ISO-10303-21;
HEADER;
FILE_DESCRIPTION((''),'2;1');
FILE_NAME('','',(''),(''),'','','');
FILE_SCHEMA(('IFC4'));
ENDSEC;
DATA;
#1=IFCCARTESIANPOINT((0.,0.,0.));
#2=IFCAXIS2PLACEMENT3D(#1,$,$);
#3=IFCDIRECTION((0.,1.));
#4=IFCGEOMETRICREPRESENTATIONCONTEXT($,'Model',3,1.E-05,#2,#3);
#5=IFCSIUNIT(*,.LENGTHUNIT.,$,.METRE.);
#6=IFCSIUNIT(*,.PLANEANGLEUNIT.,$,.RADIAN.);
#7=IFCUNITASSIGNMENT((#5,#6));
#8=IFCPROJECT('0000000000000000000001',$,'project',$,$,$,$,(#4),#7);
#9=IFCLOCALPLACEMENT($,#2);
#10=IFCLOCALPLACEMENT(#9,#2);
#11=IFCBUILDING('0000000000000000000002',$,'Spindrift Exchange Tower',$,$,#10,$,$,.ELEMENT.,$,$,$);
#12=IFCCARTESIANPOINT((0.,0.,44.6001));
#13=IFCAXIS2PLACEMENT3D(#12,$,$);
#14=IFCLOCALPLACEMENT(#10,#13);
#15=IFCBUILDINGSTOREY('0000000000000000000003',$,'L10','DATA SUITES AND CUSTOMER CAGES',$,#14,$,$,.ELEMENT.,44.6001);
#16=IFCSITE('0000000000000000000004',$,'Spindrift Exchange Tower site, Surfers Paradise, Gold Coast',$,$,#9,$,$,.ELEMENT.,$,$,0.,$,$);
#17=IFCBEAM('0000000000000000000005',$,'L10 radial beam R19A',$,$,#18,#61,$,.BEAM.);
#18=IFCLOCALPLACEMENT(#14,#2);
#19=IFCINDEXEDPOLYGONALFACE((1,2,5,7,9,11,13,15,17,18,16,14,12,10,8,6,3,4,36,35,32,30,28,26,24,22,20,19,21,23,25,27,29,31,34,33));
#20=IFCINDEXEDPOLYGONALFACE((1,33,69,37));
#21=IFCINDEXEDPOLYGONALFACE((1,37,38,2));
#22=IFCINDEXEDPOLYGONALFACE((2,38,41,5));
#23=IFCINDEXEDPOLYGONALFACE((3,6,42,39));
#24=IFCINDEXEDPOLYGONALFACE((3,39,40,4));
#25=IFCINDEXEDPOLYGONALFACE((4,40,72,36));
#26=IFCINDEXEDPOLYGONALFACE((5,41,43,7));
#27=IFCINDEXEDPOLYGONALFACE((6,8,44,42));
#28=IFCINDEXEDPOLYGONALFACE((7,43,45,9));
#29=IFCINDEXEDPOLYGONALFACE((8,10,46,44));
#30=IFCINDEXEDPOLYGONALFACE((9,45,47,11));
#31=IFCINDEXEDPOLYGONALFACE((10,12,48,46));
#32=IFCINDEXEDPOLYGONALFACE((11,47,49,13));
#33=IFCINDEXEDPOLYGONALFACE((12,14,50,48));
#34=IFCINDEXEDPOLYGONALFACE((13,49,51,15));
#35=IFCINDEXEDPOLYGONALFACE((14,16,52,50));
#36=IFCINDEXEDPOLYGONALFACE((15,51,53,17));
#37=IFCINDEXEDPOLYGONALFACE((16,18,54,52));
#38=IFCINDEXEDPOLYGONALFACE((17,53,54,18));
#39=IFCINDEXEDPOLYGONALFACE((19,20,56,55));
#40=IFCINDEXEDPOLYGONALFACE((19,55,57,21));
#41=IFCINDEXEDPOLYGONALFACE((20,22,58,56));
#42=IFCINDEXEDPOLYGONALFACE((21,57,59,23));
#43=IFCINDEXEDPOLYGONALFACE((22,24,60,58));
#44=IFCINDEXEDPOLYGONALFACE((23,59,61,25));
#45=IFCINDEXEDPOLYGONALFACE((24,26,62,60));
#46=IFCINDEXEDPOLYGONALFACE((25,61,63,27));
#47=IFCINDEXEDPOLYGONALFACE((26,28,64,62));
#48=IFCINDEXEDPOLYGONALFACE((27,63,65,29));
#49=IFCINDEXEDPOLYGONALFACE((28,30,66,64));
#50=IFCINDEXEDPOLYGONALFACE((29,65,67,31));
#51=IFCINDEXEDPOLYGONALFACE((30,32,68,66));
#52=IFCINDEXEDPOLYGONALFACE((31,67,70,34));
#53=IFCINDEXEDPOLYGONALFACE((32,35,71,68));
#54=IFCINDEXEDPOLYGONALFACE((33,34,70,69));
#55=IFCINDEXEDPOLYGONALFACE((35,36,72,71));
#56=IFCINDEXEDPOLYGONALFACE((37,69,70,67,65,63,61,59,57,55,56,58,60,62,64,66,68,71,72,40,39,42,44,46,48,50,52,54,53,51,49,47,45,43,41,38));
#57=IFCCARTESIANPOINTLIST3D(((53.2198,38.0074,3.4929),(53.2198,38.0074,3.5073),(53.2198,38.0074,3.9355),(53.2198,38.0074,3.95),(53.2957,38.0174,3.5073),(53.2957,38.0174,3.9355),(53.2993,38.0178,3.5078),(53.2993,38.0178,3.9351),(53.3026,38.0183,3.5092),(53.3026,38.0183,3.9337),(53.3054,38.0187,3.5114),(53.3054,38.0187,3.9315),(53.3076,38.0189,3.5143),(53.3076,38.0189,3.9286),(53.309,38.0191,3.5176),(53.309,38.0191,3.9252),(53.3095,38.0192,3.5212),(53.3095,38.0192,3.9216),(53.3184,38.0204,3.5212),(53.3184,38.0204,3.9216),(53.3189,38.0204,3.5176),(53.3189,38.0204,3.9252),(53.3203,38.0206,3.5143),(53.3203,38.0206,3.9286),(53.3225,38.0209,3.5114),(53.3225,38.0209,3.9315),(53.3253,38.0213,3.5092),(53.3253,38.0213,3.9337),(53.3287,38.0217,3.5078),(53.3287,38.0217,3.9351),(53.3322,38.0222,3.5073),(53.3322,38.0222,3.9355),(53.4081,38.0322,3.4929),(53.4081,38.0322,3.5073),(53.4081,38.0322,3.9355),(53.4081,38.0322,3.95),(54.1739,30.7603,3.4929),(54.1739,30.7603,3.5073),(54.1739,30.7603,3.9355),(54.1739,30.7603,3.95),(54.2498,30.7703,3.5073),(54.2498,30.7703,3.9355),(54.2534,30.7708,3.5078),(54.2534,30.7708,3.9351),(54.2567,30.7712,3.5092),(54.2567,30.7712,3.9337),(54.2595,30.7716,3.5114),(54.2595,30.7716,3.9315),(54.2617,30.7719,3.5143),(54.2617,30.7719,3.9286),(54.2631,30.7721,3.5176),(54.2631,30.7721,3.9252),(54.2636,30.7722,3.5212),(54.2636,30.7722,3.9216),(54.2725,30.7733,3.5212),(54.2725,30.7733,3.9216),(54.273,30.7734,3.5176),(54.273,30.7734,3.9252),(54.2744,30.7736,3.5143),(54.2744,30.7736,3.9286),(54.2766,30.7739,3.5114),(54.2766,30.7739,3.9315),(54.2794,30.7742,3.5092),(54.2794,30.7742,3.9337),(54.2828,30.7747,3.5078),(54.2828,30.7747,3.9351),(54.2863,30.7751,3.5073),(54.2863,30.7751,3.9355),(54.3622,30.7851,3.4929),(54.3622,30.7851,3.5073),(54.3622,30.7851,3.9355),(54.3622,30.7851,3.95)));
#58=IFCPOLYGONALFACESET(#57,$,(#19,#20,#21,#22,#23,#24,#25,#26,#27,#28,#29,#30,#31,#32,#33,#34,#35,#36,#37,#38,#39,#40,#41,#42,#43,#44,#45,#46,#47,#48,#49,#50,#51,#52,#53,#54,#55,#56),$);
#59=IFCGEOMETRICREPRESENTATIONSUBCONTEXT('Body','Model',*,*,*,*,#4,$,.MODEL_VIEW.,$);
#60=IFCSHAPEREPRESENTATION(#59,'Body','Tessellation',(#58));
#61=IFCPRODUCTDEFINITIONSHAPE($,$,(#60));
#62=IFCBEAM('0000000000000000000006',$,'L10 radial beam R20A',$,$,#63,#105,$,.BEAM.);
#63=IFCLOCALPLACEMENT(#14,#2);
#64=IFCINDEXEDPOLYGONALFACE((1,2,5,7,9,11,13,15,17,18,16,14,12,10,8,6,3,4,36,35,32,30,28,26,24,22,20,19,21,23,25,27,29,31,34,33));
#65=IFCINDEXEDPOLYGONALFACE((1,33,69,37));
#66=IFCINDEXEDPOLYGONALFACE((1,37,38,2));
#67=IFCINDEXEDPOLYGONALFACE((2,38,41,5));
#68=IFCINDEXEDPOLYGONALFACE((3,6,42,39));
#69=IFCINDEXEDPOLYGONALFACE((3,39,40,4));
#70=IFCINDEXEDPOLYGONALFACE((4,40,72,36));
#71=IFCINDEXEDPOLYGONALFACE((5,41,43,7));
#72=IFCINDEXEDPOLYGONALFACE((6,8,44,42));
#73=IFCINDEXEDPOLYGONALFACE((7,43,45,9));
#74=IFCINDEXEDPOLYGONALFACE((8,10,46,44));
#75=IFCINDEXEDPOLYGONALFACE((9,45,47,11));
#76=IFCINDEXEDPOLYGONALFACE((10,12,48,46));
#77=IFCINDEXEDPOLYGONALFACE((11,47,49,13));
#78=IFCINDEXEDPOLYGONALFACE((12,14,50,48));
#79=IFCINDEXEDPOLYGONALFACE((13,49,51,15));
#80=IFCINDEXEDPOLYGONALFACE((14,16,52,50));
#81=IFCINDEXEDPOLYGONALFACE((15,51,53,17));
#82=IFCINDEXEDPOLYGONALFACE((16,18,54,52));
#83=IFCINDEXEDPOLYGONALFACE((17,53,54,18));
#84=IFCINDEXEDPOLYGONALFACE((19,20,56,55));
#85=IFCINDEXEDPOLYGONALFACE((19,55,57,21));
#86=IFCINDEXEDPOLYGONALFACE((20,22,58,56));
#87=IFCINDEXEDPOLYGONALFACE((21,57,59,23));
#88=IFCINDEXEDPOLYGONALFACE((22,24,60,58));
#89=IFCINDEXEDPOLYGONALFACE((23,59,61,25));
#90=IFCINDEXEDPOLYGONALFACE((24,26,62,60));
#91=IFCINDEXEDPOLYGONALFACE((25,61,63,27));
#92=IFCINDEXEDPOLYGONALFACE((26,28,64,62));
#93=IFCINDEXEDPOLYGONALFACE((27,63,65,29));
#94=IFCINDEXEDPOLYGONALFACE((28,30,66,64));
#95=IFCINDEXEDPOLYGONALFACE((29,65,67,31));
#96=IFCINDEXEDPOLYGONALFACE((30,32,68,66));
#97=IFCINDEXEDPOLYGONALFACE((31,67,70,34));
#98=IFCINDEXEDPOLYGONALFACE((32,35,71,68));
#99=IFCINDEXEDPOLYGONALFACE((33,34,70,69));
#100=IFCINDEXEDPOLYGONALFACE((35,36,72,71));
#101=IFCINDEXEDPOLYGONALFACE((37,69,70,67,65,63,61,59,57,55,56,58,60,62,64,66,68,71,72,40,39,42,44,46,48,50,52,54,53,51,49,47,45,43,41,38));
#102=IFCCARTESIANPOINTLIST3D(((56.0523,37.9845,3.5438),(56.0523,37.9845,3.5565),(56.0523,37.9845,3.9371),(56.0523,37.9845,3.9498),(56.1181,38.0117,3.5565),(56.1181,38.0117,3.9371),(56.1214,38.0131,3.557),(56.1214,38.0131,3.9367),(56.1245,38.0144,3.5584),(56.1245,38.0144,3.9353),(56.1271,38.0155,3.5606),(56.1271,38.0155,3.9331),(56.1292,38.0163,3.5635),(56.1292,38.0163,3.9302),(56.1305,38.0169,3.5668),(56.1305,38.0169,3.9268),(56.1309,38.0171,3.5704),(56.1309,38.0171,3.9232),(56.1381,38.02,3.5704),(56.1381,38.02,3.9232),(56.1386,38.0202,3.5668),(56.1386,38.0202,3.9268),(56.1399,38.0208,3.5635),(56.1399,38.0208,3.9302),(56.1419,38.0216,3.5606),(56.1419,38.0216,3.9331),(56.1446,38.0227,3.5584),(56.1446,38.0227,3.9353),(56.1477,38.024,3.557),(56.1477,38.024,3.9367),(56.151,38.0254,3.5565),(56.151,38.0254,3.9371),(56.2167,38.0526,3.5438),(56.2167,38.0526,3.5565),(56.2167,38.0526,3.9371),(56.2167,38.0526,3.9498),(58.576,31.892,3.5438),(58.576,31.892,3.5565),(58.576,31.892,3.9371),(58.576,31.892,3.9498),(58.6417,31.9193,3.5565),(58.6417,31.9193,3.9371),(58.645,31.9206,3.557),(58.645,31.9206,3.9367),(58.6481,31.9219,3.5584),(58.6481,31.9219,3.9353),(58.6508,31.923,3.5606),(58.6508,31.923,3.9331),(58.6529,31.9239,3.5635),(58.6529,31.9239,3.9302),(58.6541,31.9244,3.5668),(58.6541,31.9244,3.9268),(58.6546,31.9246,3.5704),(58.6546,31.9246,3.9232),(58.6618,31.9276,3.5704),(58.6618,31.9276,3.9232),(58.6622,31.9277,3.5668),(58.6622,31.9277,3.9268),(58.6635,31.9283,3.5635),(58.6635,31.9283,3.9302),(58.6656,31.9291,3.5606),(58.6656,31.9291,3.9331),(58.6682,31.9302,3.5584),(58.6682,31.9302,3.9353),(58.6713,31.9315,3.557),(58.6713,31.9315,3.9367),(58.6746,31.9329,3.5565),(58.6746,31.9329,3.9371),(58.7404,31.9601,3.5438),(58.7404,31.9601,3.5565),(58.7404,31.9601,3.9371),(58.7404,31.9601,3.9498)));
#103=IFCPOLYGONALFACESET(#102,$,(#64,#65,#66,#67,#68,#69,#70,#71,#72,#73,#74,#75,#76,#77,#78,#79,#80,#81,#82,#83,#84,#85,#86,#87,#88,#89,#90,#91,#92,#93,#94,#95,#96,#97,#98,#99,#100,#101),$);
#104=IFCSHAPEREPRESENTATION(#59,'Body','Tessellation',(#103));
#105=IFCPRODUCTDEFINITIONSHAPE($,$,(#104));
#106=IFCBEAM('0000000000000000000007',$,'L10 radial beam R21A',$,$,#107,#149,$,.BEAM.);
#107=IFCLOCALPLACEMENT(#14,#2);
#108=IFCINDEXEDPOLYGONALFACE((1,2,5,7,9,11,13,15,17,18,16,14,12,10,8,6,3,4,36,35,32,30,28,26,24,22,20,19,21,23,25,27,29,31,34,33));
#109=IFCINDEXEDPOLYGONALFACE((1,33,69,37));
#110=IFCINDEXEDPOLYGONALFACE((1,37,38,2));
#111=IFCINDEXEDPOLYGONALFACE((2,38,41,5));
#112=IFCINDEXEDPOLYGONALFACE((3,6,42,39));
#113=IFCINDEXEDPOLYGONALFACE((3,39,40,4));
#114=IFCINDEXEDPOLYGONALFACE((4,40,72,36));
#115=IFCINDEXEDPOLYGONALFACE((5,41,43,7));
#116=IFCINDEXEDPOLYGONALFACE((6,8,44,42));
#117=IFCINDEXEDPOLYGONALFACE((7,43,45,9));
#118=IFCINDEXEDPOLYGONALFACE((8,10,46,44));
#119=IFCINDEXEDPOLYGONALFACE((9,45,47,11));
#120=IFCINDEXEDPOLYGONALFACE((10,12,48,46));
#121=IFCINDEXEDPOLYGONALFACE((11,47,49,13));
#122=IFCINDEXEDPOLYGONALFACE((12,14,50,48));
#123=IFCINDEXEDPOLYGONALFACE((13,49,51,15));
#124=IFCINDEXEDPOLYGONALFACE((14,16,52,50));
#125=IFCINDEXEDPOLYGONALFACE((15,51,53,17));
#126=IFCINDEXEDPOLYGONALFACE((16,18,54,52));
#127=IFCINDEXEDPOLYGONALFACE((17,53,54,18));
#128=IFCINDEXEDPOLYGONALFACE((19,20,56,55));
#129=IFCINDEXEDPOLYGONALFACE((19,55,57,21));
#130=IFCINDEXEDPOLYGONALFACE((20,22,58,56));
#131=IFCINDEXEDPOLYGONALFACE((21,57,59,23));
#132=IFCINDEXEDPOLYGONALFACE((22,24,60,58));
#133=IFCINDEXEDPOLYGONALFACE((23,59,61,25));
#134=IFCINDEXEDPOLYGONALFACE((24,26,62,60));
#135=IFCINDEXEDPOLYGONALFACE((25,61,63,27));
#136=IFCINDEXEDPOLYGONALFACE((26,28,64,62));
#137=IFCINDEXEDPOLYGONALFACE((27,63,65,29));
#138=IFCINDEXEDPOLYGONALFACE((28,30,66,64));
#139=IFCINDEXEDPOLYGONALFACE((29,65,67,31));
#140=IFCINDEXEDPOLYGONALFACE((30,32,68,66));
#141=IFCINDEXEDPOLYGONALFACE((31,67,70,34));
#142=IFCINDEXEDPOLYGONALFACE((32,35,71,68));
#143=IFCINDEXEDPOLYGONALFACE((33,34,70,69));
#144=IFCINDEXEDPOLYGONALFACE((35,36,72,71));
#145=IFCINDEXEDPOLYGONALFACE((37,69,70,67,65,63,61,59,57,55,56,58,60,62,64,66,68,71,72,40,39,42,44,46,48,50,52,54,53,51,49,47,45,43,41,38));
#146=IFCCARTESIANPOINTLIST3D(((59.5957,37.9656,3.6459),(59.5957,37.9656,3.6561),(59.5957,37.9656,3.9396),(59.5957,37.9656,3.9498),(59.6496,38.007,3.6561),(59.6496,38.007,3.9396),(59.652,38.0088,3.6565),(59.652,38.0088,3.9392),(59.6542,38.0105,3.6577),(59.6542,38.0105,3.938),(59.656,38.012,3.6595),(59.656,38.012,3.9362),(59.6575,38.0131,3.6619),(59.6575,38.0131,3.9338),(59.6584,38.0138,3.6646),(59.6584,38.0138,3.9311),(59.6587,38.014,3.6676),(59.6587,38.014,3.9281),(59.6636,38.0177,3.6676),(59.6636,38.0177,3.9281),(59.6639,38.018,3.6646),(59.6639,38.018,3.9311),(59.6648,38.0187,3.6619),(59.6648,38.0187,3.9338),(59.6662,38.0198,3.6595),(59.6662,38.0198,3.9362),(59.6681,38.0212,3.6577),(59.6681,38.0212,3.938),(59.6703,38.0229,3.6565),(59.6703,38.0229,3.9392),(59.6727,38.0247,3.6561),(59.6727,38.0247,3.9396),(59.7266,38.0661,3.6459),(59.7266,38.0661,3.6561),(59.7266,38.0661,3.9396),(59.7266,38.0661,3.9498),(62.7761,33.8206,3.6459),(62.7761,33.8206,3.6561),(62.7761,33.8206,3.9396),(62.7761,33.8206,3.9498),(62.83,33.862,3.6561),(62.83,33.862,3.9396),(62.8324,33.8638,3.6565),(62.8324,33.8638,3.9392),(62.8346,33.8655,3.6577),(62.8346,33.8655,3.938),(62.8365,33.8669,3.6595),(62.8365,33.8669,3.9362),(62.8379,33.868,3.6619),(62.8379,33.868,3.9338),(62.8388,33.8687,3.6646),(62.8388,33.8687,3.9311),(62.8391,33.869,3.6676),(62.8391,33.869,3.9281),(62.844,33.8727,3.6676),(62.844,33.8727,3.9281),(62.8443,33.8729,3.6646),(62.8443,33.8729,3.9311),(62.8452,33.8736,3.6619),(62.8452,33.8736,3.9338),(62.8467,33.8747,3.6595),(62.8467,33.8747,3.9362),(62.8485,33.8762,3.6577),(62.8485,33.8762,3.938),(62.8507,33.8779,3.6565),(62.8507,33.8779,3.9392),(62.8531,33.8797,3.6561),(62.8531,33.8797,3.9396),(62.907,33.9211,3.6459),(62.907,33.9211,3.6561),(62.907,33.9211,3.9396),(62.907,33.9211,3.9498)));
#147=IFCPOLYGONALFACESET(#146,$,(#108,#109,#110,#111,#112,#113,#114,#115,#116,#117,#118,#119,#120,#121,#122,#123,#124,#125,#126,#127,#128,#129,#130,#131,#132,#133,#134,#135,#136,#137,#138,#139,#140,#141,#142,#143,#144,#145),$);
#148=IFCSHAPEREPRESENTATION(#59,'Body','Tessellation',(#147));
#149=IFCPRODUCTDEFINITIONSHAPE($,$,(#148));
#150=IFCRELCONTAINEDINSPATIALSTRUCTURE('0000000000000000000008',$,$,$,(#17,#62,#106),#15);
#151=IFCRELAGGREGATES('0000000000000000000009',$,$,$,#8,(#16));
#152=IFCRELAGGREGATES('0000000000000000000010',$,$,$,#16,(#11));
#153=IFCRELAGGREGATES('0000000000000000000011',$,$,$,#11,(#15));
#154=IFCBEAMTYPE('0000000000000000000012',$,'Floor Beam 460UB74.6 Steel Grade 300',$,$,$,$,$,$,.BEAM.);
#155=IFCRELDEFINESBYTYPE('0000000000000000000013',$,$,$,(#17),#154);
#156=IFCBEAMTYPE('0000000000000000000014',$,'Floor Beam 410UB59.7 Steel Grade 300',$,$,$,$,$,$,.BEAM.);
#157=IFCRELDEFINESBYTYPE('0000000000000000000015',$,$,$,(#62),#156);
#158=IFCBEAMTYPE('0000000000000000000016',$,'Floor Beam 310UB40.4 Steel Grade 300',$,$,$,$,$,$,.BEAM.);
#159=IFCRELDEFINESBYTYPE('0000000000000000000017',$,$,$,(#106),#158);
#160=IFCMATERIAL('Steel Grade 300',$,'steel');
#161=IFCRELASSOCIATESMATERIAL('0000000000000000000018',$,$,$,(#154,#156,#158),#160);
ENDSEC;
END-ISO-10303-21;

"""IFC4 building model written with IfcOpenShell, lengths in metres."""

from ifc_helpers import new_model, si_unit, direction, frame, origin, origin_2d, place, context, subcontext, project, spatial, i_section, extrude, source, transform, mapped, material, material_profile, profile_set, type_object, element, save


model = new_model("IFC4")

# Units and contexts
model_context = context("Model", 3, precision=1e-05, world=origin(), true_north=direction((0.0, 1.0)))
body_context = subcontext(model_context, "Body", "Model", "MODEL_VIEW")
ifc_project = project(units=[si_unit("LENGTHUNIT", "METRE"), si_unit("PLANEANGLEUNIT", "RADIAN")], contexts=[model_context])

# Site, building, storey
site_placement = place(None, origin())
site = spatial("IfcSite", under=ifc_project, at=site_placement, Name="Spindrift Exchange Tower site, Surfers Paradise, Gold Coast", CompositionType="ELEMENT", RefElevation=0.0)
building_placement = place(site_placement, origin())
building = spatial("IfcBuilding", under=site, at=building_placement, Name="Spindrift Exchange Tower", CompositionType="ELEMENT")
storey_placement = place(building_placement, frame((0.0, 0.0, 44.6001)))
storey = spatial("IfcBuildingStorey", under=building, at=storey_placement, Name="L10", Description="DATA SUITES AND CUSTOMER CAGES", CompositionType="ELEMENT", Elevation=44.6001)

# Beams
ifc_material_1 = material(Name="Steel Grade 300", Category="steel")
ifc_material_profile_1 = material_profile(ifc_material_1, i_section(OverallWidth=0.1899, OverallDepth=0.457, WebThickness=0.009, FlangeThickness=0.0144, FilletRadius=0.0139, at=origin_2d()), Name="460UB74.6")
ifc_profile_set_1 = profile_set([ifc_material_profile_1], Name="Steel Grade 300")
beam_type_1 = type_object("IfcBeamType", Name="Floor Beam 460UB74.6 Steel Grade 300", PredefinedType="BEAM", material=ifc_profile_set_1)
shared_shape_1 = source(origin(), body_context, "Body", "SweptSolid", [
    extrude(i_section(OverallWidth=0.1899, OverallDepth=0.457, WebThickness=0.009, FlangeThickness=0.0144, FilletRadius=0.0139, at=origin_2d()), origin(), (0.0, 0.0, 1.0), 7.3096),
])
beam_1_placement = place(storey_placement, frame((53.314, 38.0198, 3.7214), z_axis=(0.130527, -0.991445, 0.0), x_axis=(0.991445, 0.130527, 0.0)))
element("IfcBeam", 1, at=beam_1_placement, inside=storey, type_object=beam_type_1, Name="L10 radial beam R19A", PredefinedType="BEAM", context=body_context, shape_type="MappedRepresentation", body=[
    mapped(shared_shape_1, transform((0.0, 0.0, 0.0), scale=1.0)),
])
ifc_material_profile_2 = material_profile(ifc_material_1, i_section(OverallWidth=0.178, OverallDepth=0.406, WebThickness=0.0078, FlangeThickness=0.0127, FilletRadius=0.0139, at=origin_2d()), Name="410UB59.7")
ifc_profile_set_2 = profile_set([ifc_material_profile_2], Name="Steel Grade 300")
beam_type_2 = type_object("IfcBeamType", Name="Floor Beam 410UB59.7 Steel Grade 300", PredefinedType="BEAM", material=ifc_profile_set_2)
shared_shape_2 = source(origin(), body_context, "Body", "SweptSolid", [
    extrude(i_section(OverallWidth=0.178, OverallDepth=0.406, WebThickness=0.0078, FlangeThickness=0.0127, FilletRadius=0.0139, at=origin_2d()), origin(), (0.0, 0.0, 1.0), 6.5945),
])
beam_2_placement = place(storey_placement, frame((56.1345, 38.0186, 3.7468), z_axis=(0.382693, -0.923876, 0.0), x_axis=(0.923876, 0.382693, 0.0)))
element("IfcBeam", 2, at=beam_2_placement, inside=storey, type_object=beam_type_2, Name="L10 radial beam R20A", PredefinedType="BEAM", context=body_context, shape_type="MappedRepresentation", body=[
    mapped(shared_shape_2, transform((0.0, 0.0, 0.0), scale=1.0)),
])
ifc_material_profile_3 = material_profile(ifc_material_1, i_section(OverallWidth=0.165, OverallDepth=0.304, WebThickness=0.0061, FlangeThickness=0.0103, FilletRadius=0.0115, at=origin_2d()), Name="310UB40.4")
ifc_profile_set_3 = profile_set([ifc_material_profile_3], Name="Steel Grade 300")
beam_type_3 = type_object("IfcBeamType", Name="Floor Beam 310UB40.4 Steel Grade 300", PredefinedType="BEAM", material=ifc_profile_set_3)
shared_shape_3 = source(origin(), body_context, "Body", "SweptSolid", [
    extrude(i_section(OverallWidth=0.165, OverallDepth=0.304, WebThickness=0.0061, FlangeThickness=0.0103, FilletRadius=0.0115, at=origin_2d()), origin(), (0.0, 0.0, 1.0), 5.2246),
])
beam_3_placement = place(storey_placement, frame((59.6611, 38.0159, 3.7979), z_axis=(0.608741, -0.793369, 0.0), x_axis=(0.793369, 0.608741, 0.0)))
element("IfcBeam", 3, at=beam_3_placement, inside=storey, type_object=beam_type_3, Name="L10 radial beam R21A", PredefinedType="BEAM", context=body_context, shape_type="MappedRepresentation", body=[
    mapped(shared_shape_3, transform((0.0, 0.0, 0.0), scale=1.0)),
])

save(model, "model.ifc")
